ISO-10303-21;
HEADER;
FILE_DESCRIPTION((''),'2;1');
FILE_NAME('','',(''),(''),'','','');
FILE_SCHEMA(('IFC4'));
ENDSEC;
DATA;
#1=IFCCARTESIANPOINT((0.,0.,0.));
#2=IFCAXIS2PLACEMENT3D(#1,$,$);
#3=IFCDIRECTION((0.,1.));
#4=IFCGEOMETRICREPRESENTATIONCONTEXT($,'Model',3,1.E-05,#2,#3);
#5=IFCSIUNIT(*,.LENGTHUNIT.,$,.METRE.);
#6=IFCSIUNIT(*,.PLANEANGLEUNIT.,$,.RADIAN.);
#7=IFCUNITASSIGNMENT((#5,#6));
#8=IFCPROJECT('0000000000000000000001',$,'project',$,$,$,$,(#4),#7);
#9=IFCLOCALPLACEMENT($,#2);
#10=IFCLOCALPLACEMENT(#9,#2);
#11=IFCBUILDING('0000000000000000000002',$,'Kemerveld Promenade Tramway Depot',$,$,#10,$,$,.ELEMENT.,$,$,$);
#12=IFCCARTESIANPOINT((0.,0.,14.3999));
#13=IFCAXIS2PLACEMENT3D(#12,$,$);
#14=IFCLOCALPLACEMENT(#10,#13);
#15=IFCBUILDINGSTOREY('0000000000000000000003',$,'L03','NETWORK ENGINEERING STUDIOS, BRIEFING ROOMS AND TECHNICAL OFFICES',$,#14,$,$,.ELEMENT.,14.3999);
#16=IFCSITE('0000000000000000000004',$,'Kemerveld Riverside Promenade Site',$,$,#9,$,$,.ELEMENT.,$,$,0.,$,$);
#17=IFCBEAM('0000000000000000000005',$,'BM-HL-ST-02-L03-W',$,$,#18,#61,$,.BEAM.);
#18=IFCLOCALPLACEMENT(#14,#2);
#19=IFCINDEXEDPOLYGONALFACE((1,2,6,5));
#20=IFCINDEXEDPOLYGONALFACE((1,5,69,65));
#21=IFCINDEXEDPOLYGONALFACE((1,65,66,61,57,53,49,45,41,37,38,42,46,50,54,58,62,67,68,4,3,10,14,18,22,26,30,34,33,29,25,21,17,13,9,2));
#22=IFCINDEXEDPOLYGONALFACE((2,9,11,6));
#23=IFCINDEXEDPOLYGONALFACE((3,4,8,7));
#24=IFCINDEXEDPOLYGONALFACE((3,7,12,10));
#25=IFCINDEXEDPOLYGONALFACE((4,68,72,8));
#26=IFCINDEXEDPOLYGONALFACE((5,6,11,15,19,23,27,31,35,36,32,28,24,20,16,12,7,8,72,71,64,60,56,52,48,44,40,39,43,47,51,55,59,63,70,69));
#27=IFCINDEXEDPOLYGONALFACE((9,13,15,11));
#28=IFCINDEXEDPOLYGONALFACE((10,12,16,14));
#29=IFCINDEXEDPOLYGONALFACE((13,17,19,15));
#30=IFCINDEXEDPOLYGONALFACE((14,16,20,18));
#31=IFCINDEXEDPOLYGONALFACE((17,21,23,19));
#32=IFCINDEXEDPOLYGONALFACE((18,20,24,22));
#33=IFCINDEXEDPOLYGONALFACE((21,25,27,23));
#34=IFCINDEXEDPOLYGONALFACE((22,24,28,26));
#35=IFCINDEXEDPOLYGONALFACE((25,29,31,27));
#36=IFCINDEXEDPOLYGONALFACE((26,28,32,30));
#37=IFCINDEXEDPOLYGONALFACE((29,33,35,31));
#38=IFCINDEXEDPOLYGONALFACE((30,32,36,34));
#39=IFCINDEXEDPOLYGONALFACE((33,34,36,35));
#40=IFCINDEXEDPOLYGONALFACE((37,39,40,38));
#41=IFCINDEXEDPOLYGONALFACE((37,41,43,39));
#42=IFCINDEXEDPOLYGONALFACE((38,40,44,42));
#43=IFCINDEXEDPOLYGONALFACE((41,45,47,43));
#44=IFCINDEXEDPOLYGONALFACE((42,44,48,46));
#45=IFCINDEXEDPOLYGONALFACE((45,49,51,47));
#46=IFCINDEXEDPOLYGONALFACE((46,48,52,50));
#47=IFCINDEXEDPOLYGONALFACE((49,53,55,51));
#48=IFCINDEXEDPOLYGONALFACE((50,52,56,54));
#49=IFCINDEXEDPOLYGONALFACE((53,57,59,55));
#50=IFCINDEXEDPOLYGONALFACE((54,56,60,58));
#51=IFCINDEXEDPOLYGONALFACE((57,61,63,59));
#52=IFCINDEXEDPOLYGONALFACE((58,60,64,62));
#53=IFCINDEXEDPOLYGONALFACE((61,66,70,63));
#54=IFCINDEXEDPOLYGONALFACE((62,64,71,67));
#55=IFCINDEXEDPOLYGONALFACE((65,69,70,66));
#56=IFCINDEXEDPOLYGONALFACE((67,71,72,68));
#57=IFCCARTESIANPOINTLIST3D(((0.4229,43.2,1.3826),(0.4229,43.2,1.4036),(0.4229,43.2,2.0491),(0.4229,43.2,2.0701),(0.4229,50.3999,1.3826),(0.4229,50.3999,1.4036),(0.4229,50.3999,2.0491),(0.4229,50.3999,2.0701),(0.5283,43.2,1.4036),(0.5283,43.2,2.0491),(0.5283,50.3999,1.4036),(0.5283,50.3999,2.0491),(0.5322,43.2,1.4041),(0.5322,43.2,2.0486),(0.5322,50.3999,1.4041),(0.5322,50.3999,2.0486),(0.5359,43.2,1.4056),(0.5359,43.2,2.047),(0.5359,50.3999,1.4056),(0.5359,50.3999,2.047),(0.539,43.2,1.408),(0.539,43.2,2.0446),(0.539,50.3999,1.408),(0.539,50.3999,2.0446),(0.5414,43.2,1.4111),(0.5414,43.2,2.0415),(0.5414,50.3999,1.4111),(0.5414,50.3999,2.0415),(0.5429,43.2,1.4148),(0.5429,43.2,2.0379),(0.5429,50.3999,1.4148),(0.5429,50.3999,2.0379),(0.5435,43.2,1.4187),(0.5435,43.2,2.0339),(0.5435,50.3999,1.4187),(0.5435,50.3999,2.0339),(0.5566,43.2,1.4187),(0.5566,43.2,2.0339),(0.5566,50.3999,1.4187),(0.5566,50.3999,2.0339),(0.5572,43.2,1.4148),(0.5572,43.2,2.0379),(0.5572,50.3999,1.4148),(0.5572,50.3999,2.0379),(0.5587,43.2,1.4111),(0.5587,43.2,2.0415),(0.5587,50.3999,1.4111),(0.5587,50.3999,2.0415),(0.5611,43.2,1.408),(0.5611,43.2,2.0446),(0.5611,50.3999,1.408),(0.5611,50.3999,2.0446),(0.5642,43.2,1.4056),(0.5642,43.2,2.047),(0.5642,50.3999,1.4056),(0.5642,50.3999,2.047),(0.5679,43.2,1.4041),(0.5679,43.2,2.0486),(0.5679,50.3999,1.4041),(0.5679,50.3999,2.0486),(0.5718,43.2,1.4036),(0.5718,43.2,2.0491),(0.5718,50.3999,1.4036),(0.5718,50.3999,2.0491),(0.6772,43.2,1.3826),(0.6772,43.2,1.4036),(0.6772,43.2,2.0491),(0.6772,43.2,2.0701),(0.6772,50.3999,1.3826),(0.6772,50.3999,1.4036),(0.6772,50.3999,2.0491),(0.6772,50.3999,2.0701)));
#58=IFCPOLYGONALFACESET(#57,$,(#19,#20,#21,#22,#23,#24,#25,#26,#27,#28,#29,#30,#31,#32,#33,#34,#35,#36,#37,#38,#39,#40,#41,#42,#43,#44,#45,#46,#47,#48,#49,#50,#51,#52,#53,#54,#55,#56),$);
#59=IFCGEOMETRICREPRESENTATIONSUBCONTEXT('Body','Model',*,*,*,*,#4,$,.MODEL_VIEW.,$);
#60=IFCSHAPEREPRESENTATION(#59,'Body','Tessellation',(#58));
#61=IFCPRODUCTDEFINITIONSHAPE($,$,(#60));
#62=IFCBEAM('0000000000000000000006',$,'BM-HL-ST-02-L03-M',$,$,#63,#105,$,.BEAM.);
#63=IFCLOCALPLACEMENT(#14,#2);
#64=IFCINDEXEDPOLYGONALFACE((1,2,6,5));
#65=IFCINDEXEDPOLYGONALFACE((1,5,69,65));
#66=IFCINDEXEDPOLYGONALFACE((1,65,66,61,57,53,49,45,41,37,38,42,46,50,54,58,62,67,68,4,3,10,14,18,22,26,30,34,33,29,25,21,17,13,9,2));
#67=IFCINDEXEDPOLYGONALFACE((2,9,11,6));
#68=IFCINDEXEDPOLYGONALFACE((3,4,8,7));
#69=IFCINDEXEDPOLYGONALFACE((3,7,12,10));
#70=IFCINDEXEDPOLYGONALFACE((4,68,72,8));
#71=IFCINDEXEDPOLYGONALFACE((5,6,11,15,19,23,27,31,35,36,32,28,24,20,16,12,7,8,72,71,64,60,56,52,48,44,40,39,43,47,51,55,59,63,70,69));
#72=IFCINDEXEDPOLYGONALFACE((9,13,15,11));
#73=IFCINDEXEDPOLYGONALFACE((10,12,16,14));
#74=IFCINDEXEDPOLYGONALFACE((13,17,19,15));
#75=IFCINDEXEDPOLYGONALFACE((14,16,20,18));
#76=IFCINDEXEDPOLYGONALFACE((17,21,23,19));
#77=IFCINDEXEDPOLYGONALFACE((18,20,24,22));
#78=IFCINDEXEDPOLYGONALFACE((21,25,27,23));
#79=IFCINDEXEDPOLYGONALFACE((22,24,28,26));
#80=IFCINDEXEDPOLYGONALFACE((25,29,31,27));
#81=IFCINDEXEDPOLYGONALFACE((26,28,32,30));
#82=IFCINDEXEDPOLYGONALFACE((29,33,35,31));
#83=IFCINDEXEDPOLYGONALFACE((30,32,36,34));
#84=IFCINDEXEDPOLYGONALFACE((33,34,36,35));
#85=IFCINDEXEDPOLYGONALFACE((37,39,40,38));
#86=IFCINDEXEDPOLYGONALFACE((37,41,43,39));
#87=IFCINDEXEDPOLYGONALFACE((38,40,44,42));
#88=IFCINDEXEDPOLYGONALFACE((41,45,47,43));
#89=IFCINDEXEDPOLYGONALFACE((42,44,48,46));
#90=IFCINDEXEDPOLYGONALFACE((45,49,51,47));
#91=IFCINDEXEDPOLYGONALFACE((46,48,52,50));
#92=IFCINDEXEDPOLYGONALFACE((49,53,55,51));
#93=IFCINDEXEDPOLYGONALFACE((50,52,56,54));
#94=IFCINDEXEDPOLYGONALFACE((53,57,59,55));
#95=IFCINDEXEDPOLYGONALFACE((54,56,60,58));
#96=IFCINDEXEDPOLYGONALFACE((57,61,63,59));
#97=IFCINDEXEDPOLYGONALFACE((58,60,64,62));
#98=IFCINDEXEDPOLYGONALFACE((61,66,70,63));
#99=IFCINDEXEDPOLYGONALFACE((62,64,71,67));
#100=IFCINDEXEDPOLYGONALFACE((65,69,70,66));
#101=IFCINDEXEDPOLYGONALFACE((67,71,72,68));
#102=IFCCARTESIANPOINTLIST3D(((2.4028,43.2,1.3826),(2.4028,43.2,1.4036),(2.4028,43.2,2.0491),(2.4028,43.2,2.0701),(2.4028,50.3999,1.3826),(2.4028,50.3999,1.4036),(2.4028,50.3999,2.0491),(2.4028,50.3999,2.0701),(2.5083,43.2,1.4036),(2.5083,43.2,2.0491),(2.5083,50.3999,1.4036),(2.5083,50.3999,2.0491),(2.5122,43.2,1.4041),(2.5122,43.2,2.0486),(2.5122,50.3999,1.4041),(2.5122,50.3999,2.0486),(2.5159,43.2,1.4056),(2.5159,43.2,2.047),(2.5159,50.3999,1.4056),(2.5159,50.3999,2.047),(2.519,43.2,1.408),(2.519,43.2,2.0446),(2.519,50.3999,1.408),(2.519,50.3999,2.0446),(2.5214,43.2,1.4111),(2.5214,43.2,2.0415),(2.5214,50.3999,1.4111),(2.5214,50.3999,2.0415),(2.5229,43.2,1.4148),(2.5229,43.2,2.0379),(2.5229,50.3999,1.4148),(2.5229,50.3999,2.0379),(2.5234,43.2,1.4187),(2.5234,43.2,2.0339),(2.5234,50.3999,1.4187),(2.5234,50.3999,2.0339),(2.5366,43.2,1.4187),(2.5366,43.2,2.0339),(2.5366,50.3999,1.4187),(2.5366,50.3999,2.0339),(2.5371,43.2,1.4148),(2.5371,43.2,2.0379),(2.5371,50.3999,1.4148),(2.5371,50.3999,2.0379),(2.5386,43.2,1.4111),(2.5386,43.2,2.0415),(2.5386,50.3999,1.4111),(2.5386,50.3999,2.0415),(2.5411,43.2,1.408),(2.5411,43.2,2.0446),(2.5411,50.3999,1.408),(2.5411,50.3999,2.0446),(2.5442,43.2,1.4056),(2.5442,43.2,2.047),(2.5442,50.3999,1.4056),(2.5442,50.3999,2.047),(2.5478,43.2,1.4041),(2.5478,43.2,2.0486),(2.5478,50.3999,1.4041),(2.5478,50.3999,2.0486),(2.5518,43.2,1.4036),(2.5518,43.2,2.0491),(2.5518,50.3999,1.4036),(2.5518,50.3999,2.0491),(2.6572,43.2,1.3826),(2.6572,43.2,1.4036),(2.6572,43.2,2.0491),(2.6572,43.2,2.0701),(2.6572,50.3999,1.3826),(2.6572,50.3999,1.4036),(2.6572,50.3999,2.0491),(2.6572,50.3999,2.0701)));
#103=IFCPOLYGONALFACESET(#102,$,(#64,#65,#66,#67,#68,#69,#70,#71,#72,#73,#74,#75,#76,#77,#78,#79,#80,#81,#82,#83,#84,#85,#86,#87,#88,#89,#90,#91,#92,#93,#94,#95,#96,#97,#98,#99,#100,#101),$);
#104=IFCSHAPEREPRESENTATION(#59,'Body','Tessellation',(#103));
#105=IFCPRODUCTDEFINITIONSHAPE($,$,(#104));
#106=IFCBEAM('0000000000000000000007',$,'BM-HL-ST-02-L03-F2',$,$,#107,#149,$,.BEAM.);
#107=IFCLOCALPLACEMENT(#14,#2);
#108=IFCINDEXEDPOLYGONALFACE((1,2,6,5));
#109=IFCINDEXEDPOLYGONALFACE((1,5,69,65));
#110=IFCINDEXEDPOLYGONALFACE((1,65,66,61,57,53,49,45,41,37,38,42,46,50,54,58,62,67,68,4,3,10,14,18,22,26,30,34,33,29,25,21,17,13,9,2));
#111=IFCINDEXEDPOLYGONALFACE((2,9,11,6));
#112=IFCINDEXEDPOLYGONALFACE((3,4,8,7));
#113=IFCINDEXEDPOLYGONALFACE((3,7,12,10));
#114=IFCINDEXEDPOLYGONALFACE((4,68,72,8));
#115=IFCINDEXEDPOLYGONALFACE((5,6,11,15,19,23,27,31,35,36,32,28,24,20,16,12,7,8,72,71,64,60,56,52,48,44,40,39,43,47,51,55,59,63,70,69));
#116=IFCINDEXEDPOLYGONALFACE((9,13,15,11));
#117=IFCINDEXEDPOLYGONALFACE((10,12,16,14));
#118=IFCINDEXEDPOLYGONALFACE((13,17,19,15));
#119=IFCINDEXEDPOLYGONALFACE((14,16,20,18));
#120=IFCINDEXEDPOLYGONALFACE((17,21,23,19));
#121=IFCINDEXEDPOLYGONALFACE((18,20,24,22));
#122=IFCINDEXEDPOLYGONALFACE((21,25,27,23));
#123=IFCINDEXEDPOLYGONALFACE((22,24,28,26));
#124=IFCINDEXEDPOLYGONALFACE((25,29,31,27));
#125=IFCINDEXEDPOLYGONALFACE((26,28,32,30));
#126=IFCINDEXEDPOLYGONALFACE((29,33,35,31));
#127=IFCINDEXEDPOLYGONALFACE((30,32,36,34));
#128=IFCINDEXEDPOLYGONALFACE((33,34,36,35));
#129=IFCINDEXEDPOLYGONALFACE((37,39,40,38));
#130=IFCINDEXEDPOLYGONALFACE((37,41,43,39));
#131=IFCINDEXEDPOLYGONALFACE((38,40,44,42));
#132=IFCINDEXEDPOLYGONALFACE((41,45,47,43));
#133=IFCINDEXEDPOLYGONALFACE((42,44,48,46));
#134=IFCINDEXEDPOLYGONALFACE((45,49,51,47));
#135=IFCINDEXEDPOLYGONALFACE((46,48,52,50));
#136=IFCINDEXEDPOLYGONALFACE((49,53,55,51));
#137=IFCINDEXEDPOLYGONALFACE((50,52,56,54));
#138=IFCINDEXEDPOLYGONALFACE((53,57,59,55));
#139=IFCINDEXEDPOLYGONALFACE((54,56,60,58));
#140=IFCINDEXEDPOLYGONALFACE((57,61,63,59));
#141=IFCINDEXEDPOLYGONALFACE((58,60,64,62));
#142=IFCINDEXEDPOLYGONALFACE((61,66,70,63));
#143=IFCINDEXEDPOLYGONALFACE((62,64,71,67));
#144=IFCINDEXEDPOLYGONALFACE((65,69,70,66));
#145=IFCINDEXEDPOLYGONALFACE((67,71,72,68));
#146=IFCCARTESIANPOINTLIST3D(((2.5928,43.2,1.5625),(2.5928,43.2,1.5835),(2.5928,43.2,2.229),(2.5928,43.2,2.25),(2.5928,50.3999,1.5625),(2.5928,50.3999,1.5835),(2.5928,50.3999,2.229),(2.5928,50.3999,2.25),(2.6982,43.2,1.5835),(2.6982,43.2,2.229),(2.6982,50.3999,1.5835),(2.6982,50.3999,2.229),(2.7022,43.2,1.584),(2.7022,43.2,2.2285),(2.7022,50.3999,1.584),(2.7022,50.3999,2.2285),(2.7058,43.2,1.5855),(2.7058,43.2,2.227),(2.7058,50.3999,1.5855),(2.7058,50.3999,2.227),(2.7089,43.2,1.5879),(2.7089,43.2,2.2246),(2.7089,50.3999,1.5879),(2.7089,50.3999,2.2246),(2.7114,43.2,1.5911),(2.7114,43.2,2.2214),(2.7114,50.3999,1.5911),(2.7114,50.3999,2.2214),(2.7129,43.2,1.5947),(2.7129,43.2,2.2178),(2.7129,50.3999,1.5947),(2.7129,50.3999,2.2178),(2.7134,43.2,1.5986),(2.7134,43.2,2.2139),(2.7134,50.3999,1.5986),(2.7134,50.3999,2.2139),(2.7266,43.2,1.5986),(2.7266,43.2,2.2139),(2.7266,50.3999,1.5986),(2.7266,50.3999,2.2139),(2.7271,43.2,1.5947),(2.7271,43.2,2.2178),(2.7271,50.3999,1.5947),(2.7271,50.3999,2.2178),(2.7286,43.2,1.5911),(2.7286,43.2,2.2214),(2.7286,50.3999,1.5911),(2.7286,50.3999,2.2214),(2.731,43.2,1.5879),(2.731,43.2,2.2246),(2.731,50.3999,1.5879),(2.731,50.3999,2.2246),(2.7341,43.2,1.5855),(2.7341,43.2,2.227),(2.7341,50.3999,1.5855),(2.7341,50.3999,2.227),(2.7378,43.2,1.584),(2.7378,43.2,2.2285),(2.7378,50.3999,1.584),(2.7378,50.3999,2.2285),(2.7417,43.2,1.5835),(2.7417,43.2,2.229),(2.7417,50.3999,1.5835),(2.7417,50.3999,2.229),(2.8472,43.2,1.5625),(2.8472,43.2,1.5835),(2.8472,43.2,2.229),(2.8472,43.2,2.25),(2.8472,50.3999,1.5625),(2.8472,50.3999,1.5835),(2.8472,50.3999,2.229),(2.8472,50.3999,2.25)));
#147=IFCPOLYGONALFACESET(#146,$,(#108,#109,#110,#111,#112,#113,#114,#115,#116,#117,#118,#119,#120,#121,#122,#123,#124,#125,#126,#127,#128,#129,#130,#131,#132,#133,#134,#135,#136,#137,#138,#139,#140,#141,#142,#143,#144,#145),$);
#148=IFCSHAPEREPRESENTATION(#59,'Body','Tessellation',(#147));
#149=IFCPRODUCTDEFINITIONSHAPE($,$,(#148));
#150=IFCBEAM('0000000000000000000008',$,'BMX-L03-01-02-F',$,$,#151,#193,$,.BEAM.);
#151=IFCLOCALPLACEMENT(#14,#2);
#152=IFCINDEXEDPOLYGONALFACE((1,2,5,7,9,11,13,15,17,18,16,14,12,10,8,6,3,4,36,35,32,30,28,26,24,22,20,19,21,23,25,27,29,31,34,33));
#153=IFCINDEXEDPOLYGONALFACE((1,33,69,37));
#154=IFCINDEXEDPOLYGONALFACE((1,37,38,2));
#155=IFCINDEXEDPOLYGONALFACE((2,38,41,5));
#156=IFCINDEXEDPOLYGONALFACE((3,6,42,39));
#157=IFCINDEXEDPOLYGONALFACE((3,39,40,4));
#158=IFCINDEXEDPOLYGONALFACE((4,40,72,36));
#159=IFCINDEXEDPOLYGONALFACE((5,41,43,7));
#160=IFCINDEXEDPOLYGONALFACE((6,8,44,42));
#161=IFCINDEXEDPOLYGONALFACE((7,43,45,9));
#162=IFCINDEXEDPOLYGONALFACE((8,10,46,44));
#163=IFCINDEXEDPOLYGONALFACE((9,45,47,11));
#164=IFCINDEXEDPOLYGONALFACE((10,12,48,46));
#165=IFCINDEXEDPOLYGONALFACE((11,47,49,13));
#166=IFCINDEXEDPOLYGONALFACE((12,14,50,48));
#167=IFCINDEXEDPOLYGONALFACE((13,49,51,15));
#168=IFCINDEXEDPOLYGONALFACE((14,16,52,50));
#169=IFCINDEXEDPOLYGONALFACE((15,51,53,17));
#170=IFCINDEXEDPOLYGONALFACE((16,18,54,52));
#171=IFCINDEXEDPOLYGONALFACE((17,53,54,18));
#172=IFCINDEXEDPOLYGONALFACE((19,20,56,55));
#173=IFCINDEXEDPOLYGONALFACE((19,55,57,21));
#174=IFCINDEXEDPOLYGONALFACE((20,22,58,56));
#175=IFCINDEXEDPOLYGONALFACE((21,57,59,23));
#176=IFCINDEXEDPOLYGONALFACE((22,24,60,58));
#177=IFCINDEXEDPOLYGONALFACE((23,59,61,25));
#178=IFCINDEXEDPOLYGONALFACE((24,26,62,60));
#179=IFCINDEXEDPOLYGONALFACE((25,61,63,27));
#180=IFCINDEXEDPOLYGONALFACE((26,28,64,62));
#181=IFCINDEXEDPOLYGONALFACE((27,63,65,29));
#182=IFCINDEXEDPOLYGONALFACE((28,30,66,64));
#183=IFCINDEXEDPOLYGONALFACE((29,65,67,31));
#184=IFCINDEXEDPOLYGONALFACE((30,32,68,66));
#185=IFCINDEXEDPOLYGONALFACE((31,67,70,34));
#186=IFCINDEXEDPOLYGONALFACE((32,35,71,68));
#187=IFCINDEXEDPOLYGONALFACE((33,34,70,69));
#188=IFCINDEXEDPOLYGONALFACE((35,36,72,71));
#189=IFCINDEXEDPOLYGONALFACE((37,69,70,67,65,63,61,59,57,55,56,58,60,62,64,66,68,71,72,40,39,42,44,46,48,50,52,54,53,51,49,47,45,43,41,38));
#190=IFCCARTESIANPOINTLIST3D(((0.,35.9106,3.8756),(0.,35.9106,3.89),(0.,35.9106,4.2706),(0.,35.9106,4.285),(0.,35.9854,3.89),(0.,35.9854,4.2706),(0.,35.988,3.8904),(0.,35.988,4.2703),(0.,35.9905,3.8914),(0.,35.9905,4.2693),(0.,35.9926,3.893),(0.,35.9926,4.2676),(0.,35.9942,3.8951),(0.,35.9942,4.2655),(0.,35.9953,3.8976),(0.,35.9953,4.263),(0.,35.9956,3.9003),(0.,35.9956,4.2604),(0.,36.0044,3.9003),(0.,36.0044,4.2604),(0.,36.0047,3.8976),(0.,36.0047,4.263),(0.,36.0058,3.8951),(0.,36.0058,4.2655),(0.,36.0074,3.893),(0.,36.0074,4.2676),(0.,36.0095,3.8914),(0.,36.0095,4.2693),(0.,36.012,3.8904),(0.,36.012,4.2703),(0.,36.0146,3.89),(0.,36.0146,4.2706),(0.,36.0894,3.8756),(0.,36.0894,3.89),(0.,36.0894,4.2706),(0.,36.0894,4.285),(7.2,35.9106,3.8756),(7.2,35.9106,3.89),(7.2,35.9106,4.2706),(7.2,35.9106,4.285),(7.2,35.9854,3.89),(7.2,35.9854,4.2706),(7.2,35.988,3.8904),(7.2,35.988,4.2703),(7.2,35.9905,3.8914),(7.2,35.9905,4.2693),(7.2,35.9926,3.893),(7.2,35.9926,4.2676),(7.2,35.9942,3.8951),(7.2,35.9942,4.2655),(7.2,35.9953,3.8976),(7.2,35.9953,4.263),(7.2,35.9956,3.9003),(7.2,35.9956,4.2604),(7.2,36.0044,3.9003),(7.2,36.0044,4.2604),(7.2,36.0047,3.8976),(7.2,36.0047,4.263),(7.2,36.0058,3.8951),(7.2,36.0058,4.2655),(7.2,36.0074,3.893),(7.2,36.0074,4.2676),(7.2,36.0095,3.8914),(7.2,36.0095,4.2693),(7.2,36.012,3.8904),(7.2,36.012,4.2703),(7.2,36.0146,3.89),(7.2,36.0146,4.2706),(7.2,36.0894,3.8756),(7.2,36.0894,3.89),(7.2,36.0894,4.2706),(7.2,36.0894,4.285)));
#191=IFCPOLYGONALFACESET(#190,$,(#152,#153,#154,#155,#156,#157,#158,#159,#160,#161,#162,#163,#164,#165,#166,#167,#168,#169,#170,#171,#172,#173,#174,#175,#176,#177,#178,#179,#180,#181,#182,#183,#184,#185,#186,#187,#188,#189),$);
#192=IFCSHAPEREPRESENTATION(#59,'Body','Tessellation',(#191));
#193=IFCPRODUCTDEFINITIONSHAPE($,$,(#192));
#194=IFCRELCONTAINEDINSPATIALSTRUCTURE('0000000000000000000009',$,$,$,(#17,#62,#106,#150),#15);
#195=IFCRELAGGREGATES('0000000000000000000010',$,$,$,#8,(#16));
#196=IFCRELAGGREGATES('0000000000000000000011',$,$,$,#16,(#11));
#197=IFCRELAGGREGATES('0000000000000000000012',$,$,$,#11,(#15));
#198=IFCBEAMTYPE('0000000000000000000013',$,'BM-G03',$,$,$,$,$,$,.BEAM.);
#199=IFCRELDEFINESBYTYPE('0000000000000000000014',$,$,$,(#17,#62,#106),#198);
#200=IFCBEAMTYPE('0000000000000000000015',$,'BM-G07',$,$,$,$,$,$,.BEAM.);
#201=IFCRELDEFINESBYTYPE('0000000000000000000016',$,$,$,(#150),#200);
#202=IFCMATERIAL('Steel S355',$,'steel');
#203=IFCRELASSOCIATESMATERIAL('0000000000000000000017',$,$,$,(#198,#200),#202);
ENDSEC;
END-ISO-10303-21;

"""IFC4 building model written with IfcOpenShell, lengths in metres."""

from ifc_helpers import new_model, si_unit, direction, frame, origin, origin_2d, place, context, subcontext, project, spatial, i_section, extrude, material, material_profile, profile_set, type_object, element, save


model = new_model("IFC4")

# Units and contexts
model_context = context("Model", 3, precision=1e-05, world=origin(), true_north=direction((0.0, 1.0)))
body_context = subcontext(model_context, "Body", "Model", "MODEL_VIEW")
ifc_project = project(units=[si_unit("LENGTHUNIT", "METRE"), si_unit("PLANEANGLEUNIT", "RADIAN")], contexts=[model_context])

# Site, building, storey
site_placement = place(None, origin())
site = spatial("IfcSite", under=ifc_project, at=site_placement, Name="Kemerveld Riverside Promenade Site", CompositionType="ELEMENT", RefElevation=0.0)
building_placement = place(site_placement, origin())
building = spatial("IfcBuilding", under=site, at=building_placement, Name="Kemerveld Promenade Tramway Depot", CompositionType="ELEMENT")
storey_placement = place(building_placement, frame((0.0, 0.0, 14.3999)))
storey = spatial("IfcBuildingStorey", under=building, at=storey_placement, Name="L03", Description="NETWORK ENGINEERING STUDIOS, BRIEFING ROOMS AND TECHNICAL OFFICES", CompositionType="ELEMENT", Elevation=14.3999)

# Shared definitions
ifc_material_1 = material(Name="Steel S355", Category="steel")

# Beams
ifc_material_profile_1 = material_profile(ifc_material_1, i_section(OverallWidth=0.2544, OverallDepth=0.6875, WebThickness=0.0132, FlangeThickness=0.021, FilletRadius=0.0151, at=origin_2d()), Name="686x254x152 UB")
ifc_profile_set_1 = profile_set([ifc_material_profile_1], Name="Steel S355")
beam_type_1 = type_object("IfcBeamType", Name="BM-G03", PredefinedType="BEAM", material=ifc_profile_set_1)
for number, where, z_axis, x_axis, name in (
    (1, (0.55, 43.2, 1.7263), (0.0, 1.0, 0.0), (-1.0, 0.0, 0.0), "BM-HL-ST-02-L03-W"),
    (2, (2.53, 43.2, 1.7263), (0.0, 1.0, 0.0), (-1.0, 0.0, 0.0), "BM-HL-ST-02-L03-M"),
    (3, (2.72, 43.2, 1.9062), (0.0, 1.0, 0.0), (-1.0, 0.0, 0.0), "BM-HL-ST-02-L03-F2"),
):
    element("IfcBeam", number, at=place(storey_placement, frame(where, z_axis=z_axis, x_axis=x_axis)), inside=storey, type_object=beam_type_1, Name=name, PredefinedType="BEAM", context=body_context, shape_type="SweptSolid", body=[
        extrude(i_section(OverallWidth=0.2544, OverallDepth=0.6875, WebThickness=0.0132, FlangeThickness=0.021, FilletRadius=0.0151, at=origin_2d()), origin(), (0.0, 0.0, 1.0), 7.2),
    ])
ifc_material_profile_2 = material_profile(ifc_material_1, i_section(OverallWidth=0.1787, OverallDepth=0.4094, WebThickness=0.0088, FlangeThickness=0.0144, FilletRadius=0.0103, at=origin_2d()), Name="406x178x67 UB")
ifc_profile_set_2 = profile_set([ifc_material_profile_2], Name="Steel S355")
beam_type_2 = type_object("IfcBeamType", Name="BM-G07", PredefinedType="BEAM", material=ifc_profile_set_2)
for number, where, z_axis, x_axis, name in (
    (4, (0.0, 36.0, 4.0803), (1.0, 0.0, 0.0), (0.0, 1.0, 0.0), "BMX-L03-01-02-F"),
):
    element("IfcBeam", number, at=place(storey_placement, frame(where, z_axis=z_axis, x_axis=x_axis)), inside=storey, type_object=beam_type_2, Name=name, PredefinedType="BEAM", context=body_context, shape_type="SweptSolid", body=[
        extrude(i_section(OverallWidth=0.1787, OverallDepth=0.4094, WebThickness=0.0088, FlangeThickness=0.0144, FilletRadius=0.0103, at=origin_2d()), origin(), (0.0, 0.0, 1.0), 7.2),
    ])

save(model, "model.ifc")
